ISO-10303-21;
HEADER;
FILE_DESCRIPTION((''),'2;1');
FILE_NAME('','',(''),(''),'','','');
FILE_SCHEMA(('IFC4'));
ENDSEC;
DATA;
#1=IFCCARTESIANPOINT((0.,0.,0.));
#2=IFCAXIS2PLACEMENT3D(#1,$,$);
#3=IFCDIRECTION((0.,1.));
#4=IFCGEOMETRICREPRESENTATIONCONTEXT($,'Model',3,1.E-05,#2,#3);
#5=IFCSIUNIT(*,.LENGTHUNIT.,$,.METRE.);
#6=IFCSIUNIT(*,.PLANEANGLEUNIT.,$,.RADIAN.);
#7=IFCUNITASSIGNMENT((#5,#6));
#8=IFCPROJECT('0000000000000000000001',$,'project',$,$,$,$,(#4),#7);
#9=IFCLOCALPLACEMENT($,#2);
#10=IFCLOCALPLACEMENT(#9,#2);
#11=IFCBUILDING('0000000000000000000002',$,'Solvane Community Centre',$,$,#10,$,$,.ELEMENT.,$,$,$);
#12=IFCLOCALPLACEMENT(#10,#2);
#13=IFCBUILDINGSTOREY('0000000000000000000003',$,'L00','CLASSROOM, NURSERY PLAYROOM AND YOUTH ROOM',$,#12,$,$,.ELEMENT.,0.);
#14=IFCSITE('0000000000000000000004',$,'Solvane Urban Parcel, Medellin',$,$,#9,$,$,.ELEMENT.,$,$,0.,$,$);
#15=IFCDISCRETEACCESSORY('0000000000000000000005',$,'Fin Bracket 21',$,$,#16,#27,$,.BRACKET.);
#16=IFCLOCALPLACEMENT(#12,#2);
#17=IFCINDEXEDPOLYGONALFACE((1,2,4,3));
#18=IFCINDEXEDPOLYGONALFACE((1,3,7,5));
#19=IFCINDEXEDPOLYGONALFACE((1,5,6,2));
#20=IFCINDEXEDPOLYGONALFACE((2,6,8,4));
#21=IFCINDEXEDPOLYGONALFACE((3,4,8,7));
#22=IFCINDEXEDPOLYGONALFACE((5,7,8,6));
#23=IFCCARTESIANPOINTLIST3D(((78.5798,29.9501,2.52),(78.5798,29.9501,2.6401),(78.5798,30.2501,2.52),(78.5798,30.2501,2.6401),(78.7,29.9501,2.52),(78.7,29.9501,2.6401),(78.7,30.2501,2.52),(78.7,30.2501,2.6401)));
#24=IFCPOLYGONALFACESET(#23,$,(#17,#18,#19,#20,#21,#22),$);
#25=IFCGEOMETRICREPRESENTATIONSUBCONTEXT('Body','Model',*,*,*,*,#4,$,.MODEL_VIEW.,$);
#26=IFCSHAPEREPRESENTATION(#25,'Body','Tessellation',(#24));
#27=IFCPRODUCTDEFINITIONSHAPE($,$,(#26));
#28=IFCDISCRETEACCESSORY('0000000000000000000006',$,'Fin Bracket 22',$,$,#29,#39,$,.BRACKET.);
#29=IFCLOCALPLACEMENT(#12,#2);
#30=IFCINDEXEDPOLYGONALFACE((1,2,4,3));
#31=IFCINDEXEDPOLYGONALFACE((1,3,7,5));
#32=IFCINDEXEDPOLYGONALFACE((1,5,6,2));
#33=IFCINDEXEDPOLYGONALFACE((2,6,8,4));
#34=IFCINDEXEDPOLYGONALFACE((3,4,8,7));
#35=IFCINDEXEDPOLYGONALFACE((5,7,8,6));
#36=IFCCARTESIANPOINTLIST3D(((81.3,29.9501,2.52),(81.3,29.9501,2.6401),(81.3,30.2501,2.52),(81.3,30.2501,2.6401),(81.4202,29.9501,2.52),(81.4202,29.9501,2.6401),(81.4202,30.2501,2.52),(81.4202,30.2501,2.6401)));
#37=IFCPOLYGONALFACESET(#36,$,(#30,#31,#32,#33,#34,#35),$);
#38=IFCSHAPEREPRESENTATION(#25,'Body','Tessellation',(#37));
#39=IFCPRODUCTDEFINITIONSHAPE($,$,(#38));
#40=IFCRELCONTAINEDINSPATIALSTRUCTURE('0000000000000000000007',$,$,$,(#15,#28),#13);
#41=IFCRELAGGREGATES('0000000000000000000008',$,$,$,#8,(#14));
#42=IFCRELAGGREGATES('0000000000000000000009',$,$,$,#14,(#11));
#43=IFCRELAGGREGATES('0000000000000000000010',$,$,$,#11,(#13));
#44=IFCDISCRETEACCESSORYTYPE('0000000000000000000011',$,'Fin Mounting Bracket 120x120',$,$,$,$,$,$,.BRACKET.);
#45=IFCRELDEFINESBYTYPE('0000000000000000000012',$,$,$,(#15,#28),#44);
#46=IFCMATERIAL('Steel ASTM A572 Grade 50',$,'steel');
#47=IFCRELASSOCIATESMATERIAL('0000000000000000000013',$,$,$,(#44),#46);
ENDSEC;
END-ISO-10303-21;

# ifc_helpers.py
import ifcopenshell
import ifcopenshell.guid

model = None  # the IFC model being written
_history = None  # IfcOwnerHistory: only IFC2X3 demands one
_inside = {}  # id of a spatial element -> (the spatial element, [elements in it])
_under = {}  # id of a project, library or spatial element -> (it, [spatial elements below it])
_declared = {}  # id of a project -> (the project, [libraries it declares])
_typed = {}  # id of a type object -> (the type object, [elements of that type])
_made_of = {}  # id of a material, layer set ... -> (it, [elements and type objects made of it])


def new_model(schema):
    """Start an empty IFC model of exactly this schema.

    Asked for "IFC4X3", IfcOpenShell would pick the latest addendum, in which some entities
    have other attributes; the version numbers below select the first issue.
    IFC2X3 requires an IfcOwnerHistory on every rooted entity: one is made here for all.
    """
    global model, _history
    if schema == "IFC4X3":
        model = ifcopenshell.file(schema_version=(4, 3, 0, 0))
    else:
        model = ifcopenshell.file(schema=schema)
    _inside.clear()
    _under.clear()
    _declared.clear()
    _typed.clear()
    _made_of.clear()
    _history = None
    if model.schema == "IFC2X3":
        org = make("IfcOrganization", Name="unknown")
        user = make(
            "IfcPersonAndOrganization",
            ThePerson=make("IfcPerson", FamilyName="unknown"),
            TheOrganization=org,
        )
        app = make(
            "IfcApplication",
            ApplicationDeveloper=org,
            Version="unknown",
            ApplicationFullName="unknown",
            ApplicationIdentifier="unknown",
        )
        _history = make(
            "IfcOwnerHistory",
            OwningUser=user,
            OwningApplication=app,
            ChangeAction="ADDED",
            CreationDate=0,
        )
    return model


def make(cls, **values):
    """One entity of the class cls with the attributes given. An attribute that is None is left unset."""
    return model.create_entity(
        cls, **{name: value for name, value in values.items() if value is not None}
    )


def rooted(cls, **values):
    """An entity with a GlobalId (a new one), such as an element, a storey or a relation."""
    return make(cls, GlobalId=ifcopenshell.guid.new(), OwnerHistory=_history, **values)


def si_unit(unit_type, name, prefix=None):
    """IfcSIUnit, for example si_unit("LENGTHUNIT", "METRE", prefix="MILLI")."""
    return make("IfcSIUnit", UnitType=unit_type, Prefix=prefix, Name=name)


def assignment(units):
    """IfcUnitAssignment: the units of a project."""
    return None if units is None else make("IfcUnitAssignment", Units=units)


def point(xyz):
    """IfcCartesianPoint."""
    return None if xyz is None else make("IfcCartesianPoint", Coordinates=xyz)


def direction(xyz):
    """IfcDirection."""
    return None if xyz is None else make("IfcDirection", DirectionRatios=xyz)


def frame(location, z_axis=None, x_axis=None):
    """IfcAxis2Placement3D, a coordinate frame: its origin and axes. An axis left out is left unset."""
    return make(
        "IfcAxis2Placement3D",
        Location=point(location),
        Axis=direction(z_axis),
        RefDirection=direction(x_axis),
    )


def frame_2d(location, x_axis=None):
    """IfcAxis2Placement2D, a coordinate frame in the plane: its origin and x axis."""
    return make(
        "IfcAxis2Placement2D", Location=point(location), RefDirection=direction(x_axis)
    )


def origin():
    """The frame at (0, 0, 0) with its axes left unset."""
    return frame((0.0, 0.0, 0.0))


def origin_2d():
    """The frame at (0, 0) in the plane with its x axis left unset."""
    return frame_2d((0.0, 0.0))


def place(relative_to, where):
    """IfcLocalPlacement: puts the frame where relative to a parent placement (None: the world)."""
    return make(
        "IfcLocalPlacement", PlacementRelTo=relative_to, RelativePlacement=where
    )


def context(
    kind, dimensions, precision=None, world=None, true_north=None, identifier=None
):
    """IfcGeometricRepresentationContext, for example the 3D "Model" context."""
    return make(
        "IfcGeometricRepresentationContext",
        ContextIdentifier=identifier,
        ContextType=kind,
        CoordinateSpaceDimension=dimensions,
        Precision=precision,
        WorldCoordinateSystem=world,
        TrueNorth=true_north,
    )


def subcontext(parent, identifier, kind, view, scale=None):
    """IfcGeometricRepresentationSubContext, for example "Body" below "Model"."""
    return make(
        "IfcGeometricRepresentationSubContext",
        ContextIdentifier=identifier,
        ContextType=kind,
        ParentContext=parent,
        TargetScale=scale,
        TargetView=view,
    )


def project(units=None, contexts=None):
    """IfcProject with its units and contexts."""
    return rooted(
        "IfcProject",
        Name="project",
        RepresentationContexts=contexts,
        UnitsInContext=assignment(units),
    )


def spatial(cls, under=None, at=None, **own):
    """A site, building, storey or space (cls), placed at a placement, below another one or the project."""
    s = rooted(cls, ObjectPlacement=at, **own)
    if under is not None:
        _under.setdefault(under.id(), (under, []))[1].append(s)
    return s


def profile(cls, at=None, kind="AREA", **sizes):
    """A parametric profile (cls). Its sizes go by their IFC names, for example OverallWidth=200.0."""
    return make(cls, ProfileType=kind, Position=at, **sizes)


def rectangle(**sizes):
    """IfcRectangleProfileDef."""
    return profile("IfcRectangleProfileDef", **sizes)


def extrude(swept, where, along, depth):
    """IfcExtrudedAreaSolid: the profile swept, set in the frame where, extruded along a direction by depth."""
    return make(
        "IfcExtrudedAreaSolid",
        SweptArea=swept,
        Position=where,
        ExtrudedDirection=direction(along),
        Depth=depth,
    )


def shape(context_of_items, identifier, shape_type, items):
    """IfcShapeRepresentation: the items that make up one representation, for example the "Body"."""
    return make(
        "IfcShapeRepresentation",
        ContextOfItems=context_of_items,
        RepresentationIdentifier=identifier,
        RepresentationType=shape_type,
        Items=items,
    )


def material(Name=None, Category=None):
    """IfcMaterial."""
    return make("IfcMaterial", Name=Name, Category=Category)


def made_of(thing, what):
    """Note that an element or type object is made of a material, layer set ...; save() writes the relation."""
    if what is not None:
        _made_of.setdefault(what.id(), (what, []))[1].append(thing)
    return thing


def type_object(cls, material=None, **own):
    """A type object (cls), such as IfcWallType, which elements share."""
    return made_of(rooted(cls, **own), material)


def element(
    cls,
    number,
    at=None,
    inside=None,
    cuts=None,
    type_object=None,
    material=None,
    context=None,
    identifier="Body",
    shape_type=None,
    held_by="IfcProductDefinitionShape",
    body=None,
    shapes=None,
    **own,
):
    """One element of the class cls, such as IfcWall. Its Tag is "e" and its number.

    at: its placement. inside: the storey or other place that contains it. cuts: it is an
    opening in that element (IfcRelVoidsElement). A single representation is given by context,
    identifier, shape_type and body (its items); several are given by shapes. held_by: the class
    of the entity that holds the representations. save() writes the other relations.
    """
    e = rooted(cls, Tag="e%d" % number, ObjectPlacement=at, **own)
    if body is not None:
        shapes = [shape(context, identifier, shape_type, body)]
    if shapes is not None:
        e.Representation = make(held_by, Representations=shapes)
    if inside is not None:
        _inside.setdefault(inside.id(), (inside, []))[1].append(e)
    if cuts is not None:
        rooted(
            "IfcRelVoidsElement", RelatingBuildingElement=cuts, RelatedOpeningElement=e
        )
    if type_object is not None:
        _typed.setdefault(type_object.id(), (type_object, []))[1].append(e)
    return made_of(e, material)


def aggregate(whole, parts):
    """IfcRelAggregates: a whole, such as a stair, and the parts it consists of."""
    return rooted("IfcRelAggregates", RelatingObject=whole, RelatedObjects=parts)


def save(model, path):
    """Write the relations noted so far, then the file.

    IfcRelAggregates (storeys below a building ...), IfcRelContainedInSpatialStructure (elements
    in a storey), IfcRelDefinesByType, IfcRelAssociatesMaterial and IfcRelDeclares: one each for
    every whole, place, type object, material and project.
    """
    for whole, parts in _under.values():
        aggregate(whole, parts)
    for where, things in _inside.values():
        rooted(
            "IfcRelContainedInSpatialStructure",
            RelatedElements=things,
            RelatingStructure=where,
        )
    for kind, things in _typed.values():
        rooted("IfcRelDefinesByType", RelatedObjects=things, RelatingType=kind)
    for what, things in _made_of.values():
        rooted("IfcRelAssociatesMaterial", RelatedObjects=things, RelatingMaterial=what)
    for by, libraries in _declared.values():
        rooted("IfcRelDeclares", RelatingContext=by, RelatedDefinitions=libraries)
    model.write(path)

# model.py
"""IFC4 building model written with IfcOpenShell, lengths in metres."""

from ifc_helpers import new_model, si_unit, direction, frame, origin, origin_2d, place, context, subcontext, project, spatial, rectangle, extrude, material, type_object, element, save


model = new_model("IFC4")

# Units and contexts
model_context = context("Model", 3, precision=1e-05, world=origin(), true_north=direction((0.0, 1.0)))
body_context = subcontext(model_context, "Body", "Model", "MODEL_VIEW")
ifc_project = project(units=[si_unit("LENGTHUNIT", "METRE"), si_unit("PLANEANGLEUNIT", "RADIAN")], contexts=[model_context])

# Site, building, storey
site_placement = place(None, origin())
site = spatial("IfcSite", under=ifc_project, at=site_placement, Name="Solvane Urban Parcel, Medellin", CompositionType="ELEMENT", RefElevation=0.0)
building_placement = place(site_placement, origin())
building = spatial("IfcBuilding", under=site, at=building_placement, Name="Solvane Community Centre", CompositionType="ELEMENT")
storey_placement = place(building_placement, origin())
storey = spatial("IfcBuildingStorey", under=building, at=storey_placement, Name="L00", Description="CLASSROOM, NURSERY PLAYROOM AND YOUTH ROOM", CompositionType="ELEMENT", Elevation=0.0)

# Discrete accessories
ifc_material_1 = material(Name="Steel ASTM A572 Grade 50", Category="steel")
discrete_accessory_type = type_object("IfcDiscreteAccessoryType", Name="Fin Mounting Bracket 120x120", PredefinedType="BRACKET", material=ifc_material_1)
for number, where, z_axis, x_axis, name in (
    (1, (78.6399, 30.1001, 2.52), (0.0, 0.0, 1.0), (1.0, 0.0, 0.0), "Fin Bracket 21"),
    (2, (81.3601, 30.1001, 2.52), (0.0, 0.0, 1.0), (1.0, 0.0, 0.0), "Fin Bracket 22"),
):
    element("IfcDiscreteAccessory", number, at=place(storey_placement, frame(where, z_axis=z_axis, x_axis=x_axis)), inside=storey, type_object=discrete_accessory_type, Name=name, PredefinedType="BRACKET", context=body_context, shape_type="SweptSolid", body=[
        extrude(rectangle(XDim=0.1201, YDim=0.3, at=origin_2d()), origin(), (0.0, 0.0, 1.0), 0.1201),
    ])

save(model, "model.ifc")
